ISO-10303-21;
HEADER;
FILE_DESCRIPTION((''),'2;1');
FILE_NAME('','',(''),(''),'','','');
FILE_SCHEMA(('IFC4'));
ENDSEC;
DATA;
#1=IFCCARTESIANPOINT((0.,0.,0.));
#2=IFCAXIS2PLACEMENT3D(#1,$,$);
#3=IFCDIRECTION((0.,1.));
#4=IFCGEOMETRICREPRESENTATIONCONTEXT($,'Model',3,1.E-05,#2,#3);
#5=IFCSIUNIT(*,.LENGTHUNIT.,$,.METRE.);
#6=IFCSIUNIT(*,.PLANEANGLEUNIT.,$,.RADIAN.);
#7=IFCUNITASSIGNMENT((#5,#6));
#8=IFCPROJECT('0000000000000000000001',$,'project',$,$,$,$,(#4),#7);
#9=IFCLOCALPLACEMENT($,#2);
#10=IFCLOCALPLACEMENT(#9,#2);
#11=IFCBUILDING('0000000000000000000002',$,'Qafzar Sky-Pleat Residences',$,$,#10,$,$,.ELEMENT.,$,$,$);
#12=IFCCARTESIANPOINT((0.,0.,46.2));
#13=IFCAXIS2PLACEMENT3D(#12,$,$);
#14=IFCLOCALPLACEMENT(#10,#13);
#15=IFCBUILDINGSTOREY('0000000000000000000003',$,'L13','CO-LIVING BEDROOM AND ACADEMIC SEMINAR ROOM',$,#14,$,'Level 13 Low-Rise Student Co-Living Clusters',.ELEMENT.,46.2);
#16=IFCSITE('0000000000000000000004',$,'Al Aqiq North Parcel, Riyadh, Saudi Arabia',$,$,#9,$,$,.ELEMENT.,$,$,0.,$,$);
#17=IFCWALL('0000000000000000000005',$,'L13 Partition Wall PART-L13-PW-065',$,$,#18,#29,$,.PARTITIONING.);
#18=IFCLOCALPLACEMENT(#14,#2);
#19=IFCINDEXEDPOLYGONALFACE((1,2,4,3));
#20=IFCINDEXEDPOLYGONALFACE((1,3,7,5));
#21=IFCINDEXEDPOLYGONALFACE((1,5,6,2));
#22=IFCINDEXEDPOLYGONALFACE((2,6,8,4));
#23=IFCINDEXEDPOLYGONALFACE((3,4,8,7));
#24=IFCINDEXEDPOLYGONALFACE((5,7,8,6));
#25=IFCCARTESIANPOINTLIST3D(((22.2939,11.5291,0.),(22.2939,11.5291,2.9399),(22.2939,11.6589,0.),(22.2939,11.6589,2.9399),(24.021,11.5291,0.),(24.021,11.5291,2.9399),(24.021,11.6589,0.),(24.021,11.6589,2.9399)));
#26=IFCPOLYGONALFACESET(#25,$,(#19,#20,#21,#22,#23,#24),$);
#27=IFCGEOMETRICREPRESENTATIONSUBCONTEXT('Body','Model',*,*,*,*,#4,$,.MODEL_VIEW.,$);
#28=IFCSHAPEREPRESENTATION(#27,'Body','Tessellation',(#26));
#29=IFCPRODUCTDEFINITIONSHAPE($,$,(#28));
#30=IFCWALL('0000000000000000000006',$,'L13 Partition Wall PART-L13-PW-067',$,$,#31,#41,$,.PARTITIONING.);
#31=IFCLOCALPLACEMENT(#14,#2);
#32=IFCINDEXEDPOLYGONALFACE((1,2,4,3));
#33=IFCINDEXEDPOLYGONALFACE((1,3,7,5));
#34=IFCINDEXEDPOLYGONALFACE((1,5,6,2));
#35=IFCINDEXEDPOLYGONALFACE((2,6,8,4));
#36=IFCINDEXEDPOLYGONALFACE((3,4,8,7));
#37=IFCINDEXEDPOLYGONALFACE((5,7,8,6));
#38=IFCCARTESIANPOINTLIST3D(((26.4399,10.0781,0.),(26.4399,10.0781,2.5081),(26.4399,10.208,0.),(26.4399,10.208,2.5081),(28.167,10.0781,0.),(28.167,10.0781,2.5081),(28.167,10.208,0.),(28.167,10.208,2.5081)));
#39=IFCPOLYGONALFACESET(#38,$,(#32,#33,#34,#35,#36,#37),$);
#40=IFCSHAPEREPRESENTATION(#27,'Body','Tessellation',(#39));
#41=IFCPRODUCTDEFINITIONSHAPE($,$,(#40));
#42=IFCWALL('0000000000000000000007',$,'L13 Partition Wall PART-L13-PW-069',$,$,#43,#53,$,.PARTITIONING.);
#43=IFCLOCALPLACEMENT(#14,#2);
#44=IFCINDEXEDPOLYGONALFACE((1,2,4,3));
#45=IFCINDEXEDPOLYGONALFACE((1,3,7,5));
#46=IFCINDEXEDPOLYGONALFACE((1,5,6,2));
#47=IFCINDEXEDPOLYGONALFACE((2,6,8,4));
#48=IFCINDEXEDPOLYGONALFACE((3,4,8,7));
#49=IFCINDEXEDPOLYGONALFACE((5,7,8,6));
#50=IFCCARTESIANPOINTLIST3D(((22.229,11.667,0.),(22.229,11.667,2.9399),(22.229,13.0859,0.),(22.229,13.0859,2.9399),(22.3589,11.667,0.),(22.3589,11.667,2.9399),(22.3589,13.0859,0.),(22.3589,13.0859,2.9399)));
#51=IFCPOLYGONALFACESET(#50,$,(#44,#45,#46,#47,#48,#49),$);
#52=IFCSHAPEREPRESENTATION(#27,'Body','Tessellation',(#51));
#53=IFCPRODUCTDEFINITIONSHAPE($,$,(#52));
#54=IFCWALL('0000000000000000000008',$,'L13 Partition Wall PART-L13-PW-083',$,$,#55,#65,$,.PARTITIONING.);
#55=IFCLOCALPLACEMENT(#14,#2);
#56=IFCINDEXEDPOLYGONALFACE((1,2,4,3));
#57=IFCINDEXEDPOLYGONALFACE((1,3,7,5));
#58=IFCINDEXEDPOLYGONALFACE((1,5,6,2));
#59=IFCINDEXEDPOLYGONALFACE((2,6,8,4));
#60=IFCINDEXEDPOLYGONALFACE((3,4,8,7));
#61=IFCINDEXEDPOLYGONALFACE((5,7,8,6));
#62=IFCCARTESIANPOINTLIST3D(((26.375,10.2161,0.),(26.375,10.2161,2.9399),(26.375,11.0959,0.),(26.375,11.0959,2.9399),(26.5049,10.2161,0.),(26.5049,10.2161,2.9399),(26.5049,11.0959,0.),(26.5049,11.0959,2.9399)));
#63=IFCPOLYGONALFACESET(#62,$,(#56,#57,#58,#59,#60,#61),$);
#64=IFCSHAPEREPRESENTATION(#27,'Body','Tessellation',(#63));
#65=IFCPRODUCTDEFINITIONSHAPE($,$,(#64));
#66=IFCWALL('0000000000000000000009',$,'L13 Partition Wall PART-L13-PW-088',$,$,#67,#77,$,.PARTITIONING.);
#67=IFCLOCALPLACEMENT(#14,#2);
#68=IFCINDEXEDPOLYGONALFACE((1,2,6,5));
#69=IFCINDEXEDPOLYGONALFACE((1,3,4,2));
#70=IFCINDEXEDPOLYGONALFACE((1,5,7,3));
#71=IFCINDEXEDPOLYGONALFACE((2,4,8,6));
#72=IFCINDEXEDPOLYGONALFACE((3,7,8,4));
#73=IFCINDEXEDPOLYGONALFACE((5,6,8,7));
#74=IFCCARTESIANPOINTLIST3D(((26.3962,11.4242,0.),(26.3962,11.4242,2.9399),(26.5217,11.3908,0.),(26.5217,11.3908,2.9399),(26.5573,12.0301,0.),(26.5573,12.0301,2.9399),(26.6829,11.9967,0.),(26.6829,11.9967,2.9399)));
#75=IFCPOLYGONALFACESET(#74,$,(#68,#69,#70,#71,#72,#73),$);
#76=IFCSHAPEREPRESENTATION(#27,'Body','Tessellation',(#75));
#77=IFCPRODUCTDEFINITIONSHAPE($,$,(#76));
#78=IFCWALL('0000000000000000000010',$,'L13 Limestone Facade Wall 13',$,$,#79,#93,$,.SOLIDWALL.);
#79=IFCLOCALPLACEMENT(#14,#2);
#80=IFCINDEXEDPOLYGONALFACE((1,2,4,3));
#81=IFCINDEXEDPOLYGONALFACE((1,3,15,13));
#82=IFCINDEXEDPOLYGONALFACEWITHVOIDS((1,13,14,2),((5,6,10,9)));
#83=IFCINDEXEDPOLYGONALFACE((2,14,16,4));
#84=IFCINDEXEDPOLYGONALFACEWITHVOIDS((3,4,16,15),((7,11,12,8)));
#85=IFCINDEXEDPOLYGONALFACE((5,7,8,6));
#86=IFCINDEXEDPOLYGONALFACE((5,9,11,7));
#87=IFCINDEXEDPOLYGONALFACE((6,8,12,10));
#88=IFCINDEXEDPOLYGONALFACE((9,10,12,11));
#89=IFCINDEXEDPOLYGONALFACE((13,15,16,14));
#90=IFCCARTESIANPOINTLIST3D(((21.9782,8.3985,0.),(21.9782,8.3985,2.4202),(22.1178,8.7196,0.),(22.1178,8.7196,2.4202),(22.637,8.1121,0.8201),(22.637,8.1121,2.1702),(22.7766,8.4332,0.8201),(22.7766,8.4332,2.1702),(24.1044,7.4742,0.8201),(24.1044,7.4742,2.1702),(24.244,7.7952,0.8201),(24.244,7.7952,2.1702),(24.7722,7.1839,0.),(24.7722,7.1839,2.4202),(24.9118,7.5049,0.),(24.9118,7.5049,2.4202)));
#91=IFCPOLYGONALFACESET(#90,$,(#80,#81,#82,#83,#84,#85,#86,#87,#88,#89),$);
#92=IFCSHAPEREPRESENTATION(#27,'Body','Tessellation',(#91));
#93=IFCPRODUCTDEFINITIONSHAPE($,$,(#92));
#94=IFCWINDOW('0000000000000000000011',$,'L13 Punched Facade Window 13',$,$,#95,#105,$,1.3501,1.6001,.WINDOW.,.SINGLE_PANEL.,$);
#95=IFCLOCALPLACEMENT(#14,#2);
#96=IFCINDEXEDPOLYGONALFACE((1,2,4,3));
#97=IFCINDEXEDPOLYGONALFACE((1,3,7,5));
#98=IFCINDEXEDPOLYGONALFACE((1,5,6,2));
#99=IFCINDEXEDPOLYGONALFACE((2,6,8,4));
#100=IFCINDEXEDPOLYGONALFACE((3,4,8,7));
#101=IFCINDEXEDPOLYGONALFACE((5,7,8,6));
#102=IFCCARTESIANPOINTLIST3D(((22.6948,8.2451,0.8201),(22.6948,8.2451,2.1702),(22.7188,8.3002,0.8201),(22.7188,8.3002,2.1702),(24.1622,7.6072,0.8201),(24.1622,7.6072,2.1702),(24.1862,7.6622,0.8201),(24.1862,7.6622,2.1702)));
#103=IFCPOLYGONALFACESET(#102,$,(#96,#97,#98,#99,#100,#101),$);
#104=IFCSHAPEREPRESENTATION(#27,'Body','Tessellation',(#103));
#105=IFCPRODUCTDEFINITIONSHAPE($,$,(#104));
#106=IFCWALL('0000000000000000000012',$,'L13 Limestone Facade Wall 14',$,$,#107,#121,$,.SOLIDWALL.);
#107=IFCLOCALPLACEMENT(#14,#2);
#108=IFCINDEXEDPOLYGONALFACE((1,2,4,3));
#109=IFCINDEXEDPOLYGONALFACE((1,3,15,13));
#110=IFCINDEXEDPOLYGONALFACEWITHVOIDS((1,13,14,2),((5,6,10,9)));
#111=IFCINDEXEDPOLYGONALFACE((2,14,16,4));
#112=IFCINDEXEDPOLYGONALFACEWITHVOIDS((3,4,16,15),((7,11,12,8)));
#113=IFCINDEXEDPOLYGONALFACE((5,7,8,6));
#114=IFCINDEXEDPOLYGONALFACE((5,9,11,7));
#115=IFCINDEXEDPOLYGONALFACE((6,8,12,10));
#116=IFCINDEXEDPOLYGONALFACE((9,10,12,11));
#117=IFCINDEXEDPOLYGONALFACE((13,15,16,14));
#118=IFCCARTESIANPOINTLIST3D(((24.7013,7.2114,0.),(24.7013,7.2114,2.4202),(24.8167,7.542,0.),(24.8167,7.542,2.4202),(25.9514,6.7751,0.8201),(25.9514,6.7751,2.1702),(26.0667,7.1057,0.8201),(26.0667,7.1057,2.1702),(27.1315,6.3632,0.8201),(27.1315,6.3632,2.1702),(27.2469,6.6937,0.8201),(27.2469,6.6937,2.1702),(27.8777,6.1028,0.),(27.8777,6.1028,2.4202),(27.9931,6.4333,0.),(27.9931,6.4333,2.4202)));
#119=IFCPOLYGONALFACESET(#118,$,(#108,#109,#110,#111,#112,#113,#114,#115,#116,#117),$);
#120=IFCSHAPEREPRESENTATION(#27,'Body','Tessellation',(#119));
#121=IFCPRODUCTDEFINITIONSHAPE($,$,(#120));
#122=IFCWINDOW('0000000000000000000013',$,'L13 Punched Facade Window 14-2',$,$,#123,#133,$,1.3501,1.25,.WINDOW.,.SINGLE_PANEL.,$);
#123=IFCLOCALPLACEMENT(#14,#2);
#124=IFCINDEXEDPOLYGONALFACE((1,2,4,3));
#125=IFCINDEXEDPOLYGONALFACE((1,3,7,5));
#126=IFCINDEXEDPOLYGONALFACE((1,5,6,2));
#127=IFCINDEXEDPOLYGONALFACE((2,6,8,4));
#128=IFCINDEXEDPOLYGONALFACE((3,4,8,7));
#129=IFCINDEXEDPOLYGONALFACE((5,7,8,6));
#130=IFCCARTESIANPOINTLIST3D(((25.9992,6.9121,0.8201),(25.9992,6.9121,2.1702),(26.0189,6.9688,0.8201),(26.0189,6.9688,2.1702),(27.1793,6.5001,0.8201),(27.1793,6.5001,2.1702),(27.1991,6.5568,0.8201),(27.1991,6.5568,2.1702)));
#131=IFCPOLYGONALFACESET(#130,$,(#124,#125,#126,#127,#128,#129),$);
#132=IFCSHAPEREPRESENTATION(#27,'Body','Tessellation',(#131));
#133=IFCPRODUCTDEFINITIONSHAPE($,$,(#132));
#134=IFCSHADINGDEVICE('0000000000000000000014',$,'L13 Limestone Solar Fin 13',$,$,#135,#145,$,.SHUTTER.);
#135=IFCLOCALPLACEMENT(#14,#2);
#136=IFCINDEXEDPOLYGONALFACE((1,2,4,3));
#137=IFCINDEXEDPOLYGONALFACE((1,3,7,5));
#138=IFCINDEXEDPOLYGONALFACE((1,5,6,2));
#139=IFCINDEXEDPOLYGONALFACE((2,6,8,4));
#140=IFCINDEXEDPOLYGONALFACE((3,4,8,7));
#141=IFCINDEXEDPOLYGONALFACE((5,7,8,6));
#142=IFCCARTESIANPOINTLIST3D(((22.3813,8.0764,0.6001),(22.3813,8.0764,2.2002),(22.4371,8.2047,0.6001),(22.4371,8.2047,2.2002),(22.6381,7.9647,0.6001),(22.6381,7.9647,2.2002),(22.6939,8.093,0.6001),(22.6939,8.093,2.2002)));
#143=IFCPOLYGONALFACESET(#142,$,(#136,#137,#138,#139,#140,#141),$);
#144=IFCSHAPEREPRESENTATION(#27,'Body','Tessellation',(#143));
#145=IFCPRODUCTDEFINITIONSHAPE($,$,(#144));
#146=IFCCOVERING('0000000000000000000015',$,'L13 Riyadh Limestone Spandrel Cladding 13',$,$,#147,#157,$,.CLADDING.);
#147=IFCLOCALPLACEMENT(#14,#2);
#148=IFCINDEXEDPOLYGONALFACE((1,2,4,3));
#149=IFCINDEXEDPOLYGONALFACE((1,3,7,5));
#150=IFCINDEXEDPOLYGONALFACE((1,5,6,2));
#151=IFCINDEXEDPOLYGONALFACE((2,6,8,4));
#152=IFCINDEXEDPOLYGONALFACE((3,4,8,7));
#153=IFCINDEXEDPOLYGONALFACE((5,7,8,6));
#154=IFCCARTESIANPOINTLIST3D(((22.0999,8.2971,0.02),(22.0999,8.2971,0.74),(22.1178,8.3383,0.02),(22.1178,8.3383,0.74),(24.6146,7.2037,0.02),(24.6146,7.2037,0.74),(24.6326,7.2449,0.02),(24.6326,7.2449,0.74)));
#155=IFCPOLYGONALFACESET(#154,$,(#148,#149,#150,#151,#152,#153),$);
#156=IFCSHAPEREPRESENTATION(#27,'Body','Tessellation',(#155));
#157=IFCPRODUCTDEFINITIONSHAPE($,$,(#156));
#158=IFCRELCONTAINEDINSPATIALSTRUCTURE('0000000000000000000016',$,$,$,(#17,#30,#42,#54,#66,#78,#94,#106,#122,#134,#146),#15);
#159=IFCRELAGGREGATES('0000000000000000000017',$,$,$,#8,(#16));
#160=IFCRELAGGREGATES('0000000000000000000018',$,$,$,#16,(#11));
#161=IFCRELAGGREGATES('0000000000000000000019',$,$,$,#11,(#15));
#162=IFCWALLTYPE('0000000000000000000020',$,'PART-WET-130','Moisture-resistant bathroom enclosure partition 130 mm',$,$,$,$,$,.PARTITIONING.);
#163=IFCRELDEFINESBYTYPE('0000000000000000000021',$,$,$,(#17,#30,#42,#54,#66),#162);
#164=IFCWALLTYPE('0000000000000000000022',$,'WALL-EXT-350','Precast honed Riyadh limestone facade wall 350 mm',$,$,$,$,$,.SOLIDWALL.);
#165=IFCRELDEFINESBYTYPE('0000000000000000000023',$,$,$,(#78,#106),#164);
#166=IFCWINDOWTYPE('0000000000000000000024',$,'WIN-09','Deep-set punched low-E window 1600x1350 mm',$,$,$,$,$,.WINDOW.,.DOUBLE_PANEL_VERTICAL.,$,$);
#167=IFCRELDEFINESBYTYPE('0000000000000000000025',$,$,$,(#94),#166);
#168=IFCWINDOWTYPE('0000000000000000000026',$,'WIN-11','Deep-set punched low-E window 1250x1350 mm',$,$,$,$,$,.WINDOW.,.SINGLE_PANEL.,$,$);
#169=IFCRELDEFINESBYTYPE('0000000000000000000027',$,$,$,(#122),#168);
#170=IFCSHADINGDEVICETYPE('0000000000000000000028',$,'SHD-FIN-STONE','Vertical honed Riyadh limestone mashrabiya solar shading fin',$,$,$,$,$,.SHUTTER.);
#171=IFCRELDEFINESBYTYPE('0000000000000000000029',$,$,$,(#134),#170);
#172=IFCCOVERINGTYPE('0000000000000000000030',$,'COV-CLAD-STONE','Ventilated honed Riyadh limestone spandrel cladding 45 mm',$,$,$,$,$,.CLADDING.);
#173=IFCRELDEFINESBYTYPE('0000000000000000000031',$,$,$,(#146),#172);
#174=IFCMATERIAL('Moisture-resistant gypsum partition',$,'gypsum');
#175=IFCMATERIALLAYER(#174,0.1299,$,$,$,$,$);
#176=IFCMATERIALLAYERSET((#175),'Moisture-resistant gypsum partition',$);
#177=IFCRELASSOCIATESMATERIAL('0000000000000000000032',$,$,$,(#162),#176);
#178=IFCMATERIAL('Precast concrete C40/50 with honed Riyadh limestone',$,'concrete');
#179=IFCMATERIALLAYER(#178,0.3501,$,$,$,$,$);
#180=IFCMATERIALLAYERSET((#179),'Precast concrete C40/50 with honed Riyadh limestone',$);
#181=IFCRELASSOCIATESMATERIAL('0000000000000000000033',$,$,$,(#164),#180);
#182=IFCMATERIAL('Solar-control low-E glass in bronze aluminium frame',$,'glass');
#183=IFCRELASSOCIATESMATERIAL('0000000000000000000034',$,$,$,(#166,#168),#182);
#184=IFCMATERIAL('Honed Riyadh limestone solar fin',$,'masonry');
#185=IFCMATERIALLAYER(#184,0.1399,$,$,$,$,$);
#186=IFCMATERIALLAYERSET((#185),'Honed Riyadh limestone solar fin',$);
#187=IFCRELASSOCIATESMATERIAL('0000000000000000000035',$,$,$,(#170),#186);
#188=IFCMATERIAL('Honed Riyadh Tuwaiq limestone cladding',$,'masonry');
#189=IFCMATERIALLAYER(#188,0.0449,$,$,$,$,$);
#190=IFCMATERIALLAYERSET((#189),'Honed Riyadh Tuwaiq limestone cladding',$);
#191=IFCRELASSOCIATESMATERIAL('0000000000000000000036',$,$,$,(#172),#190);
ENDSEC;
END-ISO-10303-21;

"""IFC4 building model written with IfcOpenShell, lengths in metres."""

from ifc_helpers import new_model, si_unit, direction, frame, frame_2d, origin, origin_2d, place, context, subcontext, project, spatial, rectangle, extrude, source, transform, mapped, material, layer, layer_set, type_object, element, fill, save


model = new_model("IFC4")

# Units and contexts
model_context = context("Model", 3, precision=1e-05, world=origin(), true_north=direction((0.0, 1.0)))
body_context = subcontext(model_context, "Body", "Model", "MODEL_VIEW")
ifc_project = project(units=[si_unit("LENGTHUNIT", "METRE"), si_unit("PLANEANGLEUNIT", "RADIAN")], contexts=[model_context])

# Site, building, storey
site_placement = place(None, origin())
site = spatial("IfcSite", under=ifc_project, at=site_placement, Name="Al Aqiq North Parcel, Riyadh, Saudi Arabia", CompositionType="ELEMENT", RefElevation=0.0)
building_placement = place(site_placement, origin())
building = spatial("IfcBuilding", under=site, at=building_placement, Name="Qafzar Sky-Pleat Residences", CompositionType="ELEMENT")
storey_placement = place(building_placement, frame((0.0, 0.0, 46.2)))
storey = spatial("IfcBuildingStorey", under=building, at=storey_placement, Name="L13", Description="CO-LIVING BEDROOM AND ACADEMIC SEMINAR ROOM", LongName="Level 13 Low-Rise Student Co-Living Clusters", CompositionType="ELEMENT", Elevation=46.2)

# Shared definitions
ifc_material_1 = material(Name="Moisture-resistant gypsum partition", Category="gypsum")
ifc_layer_1 = layer(ifc_material_1, 0.1299)
ifc_layer_set_1 = layer_set([ifc_layer_1], Name="Moisture-resistant gypsum partition")
wall_type_1 = type_object("IfcWallType", Name="PART-WET-130", Description="Moisture-resistant bathroom enclosure partition 130 mm", PredefinedType="PARTITIONING", material=ifc_layer_set_1)

# Walls
wall_1_placement = place(storey_placement, frame((22.2939, 11.594, 0.0), z_axis=(0.0, 0.0, 1.0), x_axis=(1.0, 0.0, 0.0)))
element("IfcWall", 1, at=wall_1_placement, inside=storey, type_object=wall_type_1, Name="L13 Partition Wall PART-L13-PW-065", PredefinedType="PARTITIONING", context=body_context, shape_type="SweptSolid", body=[
    extrude(rectangle(XDim=1.7271, YDim=0.1299, at=frame_2d((0.8635, 0.0))), origin(), (0.0, 0.0, 1.0), 2.9399),
])
wall_2_placement = place(storey_placement, frame((26.4399, 10.1431, 0.0), z_axis=(0.0, 0.0, 1.0), x_axis=(1.0, 0.0, 0.0)))
element("IfcWall", 2, at=wall_2_placement, inside=storey, type_object=wall_type_1, Name="L13 Partition Wall PART-L13-PW-067", PredefinedType="PARTITIONING", context=body_context, shape_type="SweptSolid", body=[
    extrude(rectangle(XDim=1.7271, YDim=0.1299, at=frame_2d((0.8635, 0.0))), origin(), (0.0, 0.0, 1.0), 2.5081),
])
wall_3_placement = place(storey_placement, frame((22.2939, 11.667, 0.0), z_axis=(0.0, 0.0, 1.0), x_axis=(0.0, 1.0, 0.0)))
element("IfcWall", 3, at=wall_3_placement, inside=storey, type_object=wall_type_1, Name="L13 Partition Wall PART-L13-PW-069", PredefinedType="PARTITIONING", context=body_context, shape_type="SweptSolid", body=[
    extrude(rectangle(XDim=1.4189, YDim=0.1299, at=frame_2d((0.7095, 0.0))), origin(), (0.0, 0.0, 1.0), 2.9399),
])
wall_4_placement = place(storey_placement, frame((26.4399, 10.2161, 0.0), z_axis=(0.0, 0.0, 1.0), x_axis=(0.0, 1.0, 0.0)))
element("IfcWall", 4, at=wall_4_placement, inside=storey, type_object=wall_type_1, Name="L13 Partition Wall PART-L13-PW-083", PredefinedType="PARTITIONING", context=body_context, shape_type="SweptSolid", body=[
    extrude(rectangle(XDim=0.8799, YDim=0.1299, at=frame_2d((0.4399, 0.0))), origin(), (0.0, 0.0, 1.0), 2.9399),
])
wall_5_placement = place(storey_placement, frame((26.459, 11.4075, 0.0), z_axis=(0.0, 0.0, 1.0), x_axis=(0.256984, 0.966416, 0.0)))
element("IfcWall", 5, at=wall_5_placement, inside=storey, type_object=wall_type_1, Name="L13 Partition Wall PART-L13-PW-088", PredefinedType="PARTITIONING", context=body_context, shape_type="SweptSolid", body=[
    extrude(rectangle(XDim=0.627, YDim=0.1299, at=frame_2d((0.3135, 0.0))), origin(), (0.0, 0.0, 1.0), 2.9399),
])

# Walls, openings, windows
ifc_material_2 = material(Name="Precast concrete C40/50 with honed Riyadh limestone", Category="concrete")
ifc_layer_2 = layer(ifc_material_2, 0.3501)
ifc_layer_set_2 = layer_set([ifc_layer_2], Name="Precast concrete C40/50 with honed Riyadh limestone")
wall_type_2 = type_object("IfcWallType", Name="WALL-EXT-350", Description="Precast honed Riyadh limestone facade wall 350 mm", PredefinedType="SOLIDWALL", material=ifc_layer_set_2)
wall_6_placement = place(storey_placement, frame((22.0479, 8.5591, 0.0), z_axis=(0.0, 0.0, 1.0), x_axis=(0.917089, -0.398682, 0.0)))
wall_6 = element("IfcWall", 6, at=wall_6_placement, inside=storey, type_object=wall_type_2, Name="L13 Limestone Facade Wall 13", PredefinedType="SOLIDWALL", context=body_context, shape_type="SweptSolid", body=[
    extrude(rectangle(XDim=3.0466, YDim=0.3501, at=frame_2d((1.5234, 0.0))), origin(), (0.0, 0.0, 1.0), 2.4202),
])
opening_1_placement = place(wall_6_placement, frame((0.7185, 0.0, 0.8201)))
opening_1 = element("IfcOpeningElement", 7, at=opening_1_placement, cuts=wall_6, PredefinedType="OPENING", context=body_context, shape_type="SweptSolid", body=[
    extrude(rectangle(XDim=1.6001, YDim=1.3501, at=frame_2d((0.8, 0.675))), frame((0.0, 0.1851, 0.0), z_axis=(0.0, -1.0, 0.0), x_axis=(1.0, 0.0, 0.0)), (0.0, 0.0, 1.0), 0.3701),
])
ifc_material_3 = material(Name="Solar-control low-E glass in bronze aluminium frame", Category="glass")
window_type_1 = type_object("IfcWindowType", Name="WIN-09", Description="Deep-set punched low-E window 1600x1350 mm", PartitioningType="DOUBLE_PANEL_VERTICAL", PredefinedType="WINDOW", material=ifc_material_3)
shared_shape_1 = source(origin(), body_context, "Body", "SweptSolid", [
    extrude(rectangle(XDim=1.6001, YDim=1.3501, at=frame_2d((0.8, 0.675))), frame((0.0, 0.03, 0.0), z_axis=(0.0, -1.0, 0.0), x_axis=(1.0, 0.0, 0.0)), (0.0, 0.0, 1.0), 0.0601),
])
window_1_placement = place(opening_1_placement, origin())
window_1 = element("IfcWindow", 8, at=window_1_placement, inside=storey, type_object=window_type_1, Name="L13 Punched Facade Window 13", OverallHeight=1.3501, OverallWidth=1.6001, PartitioningType="SINGLE_PANEL", PredefinedType="WINDOW", context=body_context, shape_type="MappedRepresentation", body=[
    mapped(shared_shape_1, transform((0.0, 0.0, 0.0), x_axis=(1.0, 0.0, 0.0), y_axis=(0.0, 1.0, 0.0), z_axis=(0.0, 0.0, 1.0), scale=1.0)),
])
fill(opening_1, window_1)
wall_7_placement = place(storey_placement, frame((24.759, 7.3767, 0.0), z_axis=(0.0, 0.0, 1.0), x_axis=(0.944141, -0.329542, 0.0)))
wall_7 = element("IfcWall", 9, at=wall_7_placement, inside=storey, type_object=wall_type_2, Name="L13 Limestone Facade Wall 14", PredefinedType="SOLIDWALL", context=body_context, shape_type="SweptSolid", body=[
    extrude(rectangle(XDim=3.3643, YDim=0.3501, at=frame_2d((1.6821, 0.0))), origin(), (0.0, 0.0, 1.0), 2.4202),
])
opening_2_placement = place(wall_7_placement, frame((1.324, 0.0, 0.8201)))
opening_2 = element("IfcOpeningElement", 10, at=opening_2_placement, cuts=wall_7, PredefinedType="OPENING", context=body_context, shape_type="SweptSolid", body=[
    extrude(rectangle(XDim=1.25, YDim=1.3501, at=frame_2d((0.625, 0.675))), frame((0.0, 0.1851, 0.0), z_axis=(0.0, -1.0, 0.0), x_axis=(1.0, 0.0, 0.0)), (0.0, 0.0, 1.0), 0.3701),
])
window_type_2 = type_object("IfcWindowType", Name="WIN-11", Description="Deep-set punched low-E window 1250x1350 mm", PartitioningType="SINGLE_PANEL", PredefinedType="WINDOW", material=ifc_material_3)
shared_shape_2 = source(origin(), body_context, "Body", "SweptSolid", [
    extrude(rectangle(XDim=1.25, YDim=1.3501, at=frame_2d((0.625, 0.675))), frame((0.0, 0.03, 0.0), z_axis=(0.0, -1.0, 0.0), x_axis=(1.0, 0.0, 0.0)), (0.0, 0.0, 1.0), 0.0601),
])
window_2_placement = place(opening_2_placement, origin())
window_2 = element("IfcWindow", 11, at=window_2_placement, inside=storey, type_object=window_type_2, Name="L13 Punched Facade Window 14-2", OverallHeight=1.3501, OverallWidth=1.25, PartitioningType="SINGLE_PANEL", PredefinedType="WINDOW", context=body_context, shape_type="MappedRepresentation", body=[
    mapped(shared_shape_2, transform((0.0, 0.0, 0.0), x_axis=(1.0, 0.0, 0.0), y_axis=(0.0, 1.0, 0.0), z_axis=(0.0, 0.0, 1.0), scale=1.0)),
])
fill(opening_2, window_2)

# Shading device
ifc_material_4 = material(Name="Honed Riyadh limestone solar fin", Category="masonry")
ifc_layer_3 = layer(ifc_material_4, 0.1399)
ifc_layer_set_3 = layer_set([ifc_layer_3], Name="Honed Riyadh limestone solar fin")
shading_device_type = type_object("IfcShadingDeviceType", Name="SHD-FIN-STONE", Description="Vertical honed Riyadh limestone mashrabiya solar shading fin", PredefinedType="SHUTTER", material=ifc_layer_set_3)
shared_shape_3 = source(origin(), body_context, "Body", "SweptSolid", [
    extrude(rectangle(XDim=0.1399, YDim=0.28, at=origin_2d()), origin(), (0.0, 0.0, 1.0), 1.6001),
])
shading_device_placement = place(storey_placement, frame((22.5376, 8.0847, 0.6001), z_axis=(0.0, 0.0, 1.0), x_axis=(-0.3987, -0.917082, 0.0)))
element("IfcShadingDevice", 12, at=shading_device_placement, inside=storey, type_object=shading_device_type, Name="L13 Limestone Solar Fin 13", PredefinedType="SHUTTER", context=body_context, shape_type="MappedRepresentation", body=[
    mapped(shared_shape_3, transform((0.0, 0.0, 0.0), x_axis=(1.0, 0.0, 0.0), y_axis=(0.0, 1.0, 0.0), z_axis=(0.0, 0.0, 1.0), scale=1.0)),
])

# Covering
ifc_material_5 = material(Name="Honed Riyadh Tuwaiq limestone cladding", Category="masonry")
ifc_layer_4 = layer(ifc_material_5, 0.0449)
ifc_layer_set_4 = layer_set([ifc_layer_4], Name="Honed Riyadh Tuwaiq limestone cladding")
covering_type = type_object("IfcCoveringType", Name="COV-CLAD-STONE", Description="Ventilated honed Riyadh limestone spandrel cladding 45 mm", PredefinedType="CLADDING", material=ifc_layer_set_4)
shared_shape_4 = source(origin(), body_context, "Body", "SweptSolid", [
    extrude(rectangle(XDim=2.7422, YDim=0.0449, at=origin_2d()), origin(), (0.0, 0.0, 1.0), 0.72),
])
covering_placement = place(storey_placement, frame((23.3662, 7.771, 0.02), z_axis=(0.0, 0.0, 1.0), x_axis=(0.917073, -0.398719, 0.0)))
element("IfcCovering", 13, at=covering_placement, inside=storey, type_object=covering_type, Name="L13 Riyadh Limestone Spandrel Cladding 13", PredefinedType="CLADDING", context=body_context, shape_type="MappedRepresentation", body=[
    mapped(shared_shape_4, transform((0.0, 0.0, 0.0), x_axis=(1.0, 0.0, 0.0), y_axis=(0.0, 1.0, 0.0), z_axis=(0.0, 0.0, 1.0), scale=1.0)),
])

save(model, "model.ifc")
